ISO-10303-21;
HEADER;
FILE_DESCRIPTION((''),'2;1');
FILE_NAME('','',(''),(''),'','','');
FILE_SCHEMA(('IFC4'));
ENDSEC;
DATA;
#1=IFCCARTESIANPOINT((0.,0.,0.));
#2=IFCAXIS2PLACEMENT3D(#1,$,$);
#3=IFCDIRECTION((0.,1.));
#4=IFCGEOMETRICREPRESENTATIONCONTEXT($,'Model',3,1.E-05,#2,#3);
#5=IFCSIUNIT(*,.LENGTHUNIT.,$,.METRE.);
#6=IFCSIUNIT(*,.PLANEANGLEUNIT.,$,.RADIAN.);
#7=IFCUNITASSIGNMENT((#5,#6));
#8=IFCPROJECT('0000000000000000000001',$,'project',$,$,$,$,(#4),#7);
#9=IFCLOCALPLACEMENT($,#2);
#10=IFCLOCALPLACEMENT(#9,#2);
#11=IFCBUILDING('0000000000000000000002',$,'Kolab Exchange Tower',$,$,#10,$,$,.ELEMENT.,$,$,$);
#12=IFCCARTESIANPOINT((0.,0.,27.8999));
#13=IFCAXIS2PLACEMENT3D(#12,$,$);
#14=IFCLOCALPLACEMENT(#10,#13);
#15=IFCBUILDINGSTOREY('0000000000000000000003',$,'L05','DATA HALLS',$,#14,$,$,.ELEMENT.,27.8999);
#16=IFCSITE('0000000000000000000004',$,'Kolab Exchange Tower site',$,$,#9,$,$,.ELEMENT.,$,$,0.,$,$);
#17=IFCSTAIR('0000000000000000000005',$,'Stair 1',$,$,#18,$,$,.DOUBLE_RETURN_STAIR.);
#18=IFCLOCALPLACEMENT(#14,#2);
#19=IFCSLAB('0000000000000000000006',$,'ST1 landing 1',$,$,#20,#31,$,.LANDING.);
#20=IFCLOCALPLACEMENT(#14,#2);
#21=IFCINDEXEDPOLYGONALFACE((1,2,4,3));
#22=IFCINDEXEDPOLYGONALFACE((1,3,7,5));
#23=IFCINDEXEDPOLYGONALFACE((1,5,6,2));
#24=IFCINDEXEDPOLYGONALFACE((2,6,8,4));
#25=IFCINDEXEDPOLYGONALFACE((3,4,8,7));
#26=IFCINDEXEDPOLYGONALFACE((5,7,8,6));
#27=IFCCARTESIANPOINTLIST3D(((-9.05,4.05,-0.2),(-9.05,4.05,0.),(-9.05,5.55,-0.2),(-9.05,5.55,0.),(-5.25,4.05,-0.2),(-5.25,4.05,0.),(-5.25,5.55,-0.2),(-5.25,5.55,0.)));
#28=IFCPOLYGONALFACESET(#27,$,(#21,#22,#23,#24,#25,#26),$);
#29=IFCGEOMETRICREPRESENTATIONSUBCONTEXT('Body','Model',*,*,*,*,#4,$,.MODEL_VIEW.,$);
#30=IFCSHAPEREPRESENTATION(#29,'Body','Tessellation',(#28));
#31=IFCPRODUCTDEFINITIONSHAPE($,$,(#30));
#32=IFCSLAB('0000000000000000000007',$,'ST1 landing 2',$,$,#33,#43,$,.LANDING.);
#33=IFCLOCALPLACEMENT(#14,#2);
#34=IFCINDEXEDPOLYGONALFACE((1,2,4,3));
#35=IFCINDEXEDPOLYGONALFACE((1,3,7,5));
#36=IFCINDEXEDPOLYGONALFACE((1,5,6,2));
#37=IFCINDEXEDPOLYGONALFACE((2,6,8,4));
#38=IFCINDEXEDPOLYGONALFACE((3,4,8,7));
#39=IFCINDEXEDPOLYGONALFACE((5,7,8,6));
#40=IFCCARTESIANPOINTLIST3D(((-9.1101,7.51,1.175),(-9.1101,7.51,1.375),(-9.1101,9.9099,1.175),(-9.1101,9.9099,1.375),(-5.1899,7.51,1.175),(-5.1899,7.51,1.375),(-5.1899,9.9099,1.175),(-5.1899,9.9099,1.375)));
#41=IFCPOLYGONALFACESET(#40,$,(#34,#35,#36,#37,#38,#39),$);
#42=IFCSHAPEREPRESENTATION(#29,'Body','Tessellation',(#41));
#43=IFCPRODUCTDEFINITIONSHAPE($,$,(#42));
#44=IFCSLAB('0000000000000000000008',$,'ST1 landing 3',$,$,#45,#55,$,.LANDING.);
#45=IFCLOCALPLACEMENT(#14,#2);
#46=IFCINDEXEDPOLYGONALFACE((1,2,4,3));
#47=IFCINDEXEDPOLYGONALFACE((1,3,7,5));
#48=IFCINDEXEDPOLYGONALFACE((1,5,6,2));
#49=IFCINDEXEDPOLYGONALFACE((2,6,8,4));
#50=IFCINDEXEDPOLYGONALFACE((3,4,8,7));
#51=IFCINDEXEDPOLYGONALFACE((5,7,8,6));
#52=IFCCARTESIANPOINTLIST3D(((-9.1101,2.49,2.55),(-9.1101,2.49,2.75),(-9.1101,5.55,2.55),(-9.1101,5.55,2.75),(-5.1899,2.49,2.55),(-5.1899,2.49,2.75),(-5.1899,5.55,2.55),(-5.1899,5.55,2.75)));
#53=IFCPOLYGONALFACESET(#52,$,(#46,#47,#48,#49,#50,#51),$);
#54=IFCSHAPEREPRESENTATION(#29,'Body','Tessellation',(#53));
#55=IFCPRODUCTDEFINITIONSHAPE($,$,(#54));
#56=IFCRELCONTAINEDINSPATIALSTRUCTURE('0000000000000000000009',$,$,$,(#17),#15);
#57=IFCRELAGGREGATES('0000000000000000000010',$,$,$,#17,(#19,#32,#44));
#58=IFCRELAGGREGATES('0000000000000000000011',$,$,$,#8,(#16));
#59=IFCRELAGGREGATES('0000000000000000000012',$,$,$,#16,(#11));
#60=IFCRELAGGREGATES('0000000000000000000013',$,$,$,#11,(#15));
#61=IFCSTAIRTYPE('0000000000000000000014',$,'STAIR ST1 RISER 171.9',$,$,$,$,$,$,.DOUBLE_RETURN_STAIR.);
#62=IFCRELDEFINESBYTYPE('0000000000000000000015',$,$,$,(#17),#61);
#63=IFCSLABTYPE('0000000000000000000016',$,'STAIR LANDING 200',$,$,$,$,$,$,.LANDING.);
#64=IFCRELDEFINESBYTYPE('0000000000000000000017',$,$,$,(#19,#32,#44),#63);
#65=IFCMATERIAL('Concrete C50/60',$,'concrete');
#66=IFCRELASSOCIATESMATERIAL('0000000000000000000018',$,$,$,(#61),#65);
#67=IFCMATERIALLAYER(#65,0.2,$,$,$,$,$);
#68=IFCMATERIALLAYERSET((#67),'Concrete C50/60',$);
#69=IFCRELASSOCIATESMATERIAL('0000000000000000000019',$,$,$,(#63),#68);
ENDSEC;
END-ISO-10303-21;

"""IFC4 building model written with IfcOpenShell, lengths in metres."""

from ifc_helpers import new_model, si_unit, direction, frame, origin, place, context, subcontext, project, spatial, polyline, outline, extrude, material, layer, layer_set, type_object, element, aggregate, save


model = new_model("IFC4")

# Units and contexts
model_context = context("Model", 3, precision=1e-05, world=origin(), true_north=direction((0.0, 1.0)))
body_context = subcontext(model_context, "Body", "Model", "MODEL_VIEW")
ifc_project = project(units=[si_unit("LENGTHUNIT", "METRE"), si_unit("PLANEANGLEUNIT", "RADIAN")], contexts=[model_context])

# Site, building, storey
site_placement = place(None, origin())
site = spatial("IfcSite", under=ifc_project, at=site_placement, Name="Kolab Exchange Tower site", CompositionType="ELEMENT", RefElevation=0.0)
building_placement = place(site_placement, origin())
building = spatial("IfcBuilding", under=site, at=building_placement, Name="Kolab Exchange Tower", CompositionType="ELEMENT")
storey_placement = place(building_placement, frame((0.0, 0.0, 27.8999)))
storey = spatial("IfcBuildingStorey", under=building, at=storey_placement, Name="L05", Description="DATA HALLS", CompositionType="ELEMENT", Elevation=27.8999)

# Stair, slabs
ifc_material_1 = material(Name="Concrete C50/60", Category="concrete")
stair_type = type_object("IfcStairType", Name="STAIR ST1 RISER 171.9", PredefinedType="DOUBLE_RETURN_STAIR", material=ifc_material_1)
stair_placement = place(storey_placement, origin())
stair = element("IfcStair", 1, at=stair_placement, inside=storey, type_object=stair_type, Name="Stair 1", PredefinedType="DOUBLE_RETURN_STAIR")
ifc_layer_1 = layer(ifc_material_1, 0.2)
ifc_layer_set_1 = layer_set([ifc_layer_1], Name="Concrete C50/60")
slab_type_1 = type_object("IfcSlabType", Name="STAIR LANDING 200", PredefinedType="LANDING", material=ifc_layer_set_1)
slab_1_placement = place(storey_placement, frame((0.0, 0.0, -0.2)))
slab_1 = element("IfcSlab", 2, at=slab_1_placement, type_object=slab_type_1, Name="ST1 landing 1", PredefinedType="LANDING", context=body_context, shape_type="SweptSolid", body=[
    extrude(outline(polyline([(-9.05, 4.05), (-5.25, 4.05), (-5.25, 5.55), (-9.05, 5.55), (-9.05, 4.05)])), origin(), (0.0, 0.0, 1.0), 0.2),
])
slab_2_placement = place(storey_placement, frame((0.0, 0.0, 1.175)))
slab_2 = element("IfcSlab", 3, at=slab_2_placement, type_object=slab_type_1, Name="ST1 landing 2", PredefinedType="LANDING", context=body_context, shape_type="SweptSolid", body=[
    extrude(outline(polyline([(-9.1101, 7.51), (-5.1899, 7.51), (-5.1899, 9.9099), (-9.1101, 9.9099), (-9.1101, 7.51)])), origin(), (0.0, 0.0, 1.0), 0.2),
])
slab_3_placement = place(storey_placement, frame((0.0, 0.0, 2.55)))
slab_3 = element("IfcSlab", 4, at=slab_3_placement, type_object=slab_type_1, Name="ST1 landing 3", PredefinedType="LANDING", context=body_context, shape_type="SweptSolid", body=[
    extrude(outline(polyline([(-9.1101, 2.49), (-5.1899, 2.49), (-5.1899, 5.55), (-9.1101, 5.55), (-9.1101, 2.49)])), origin(), (0.0, 0.0, 1.0), 0.2),
])
aggregate(stair, [slab_1, slab_2, slab_3])

save(model, "model.ifc")
